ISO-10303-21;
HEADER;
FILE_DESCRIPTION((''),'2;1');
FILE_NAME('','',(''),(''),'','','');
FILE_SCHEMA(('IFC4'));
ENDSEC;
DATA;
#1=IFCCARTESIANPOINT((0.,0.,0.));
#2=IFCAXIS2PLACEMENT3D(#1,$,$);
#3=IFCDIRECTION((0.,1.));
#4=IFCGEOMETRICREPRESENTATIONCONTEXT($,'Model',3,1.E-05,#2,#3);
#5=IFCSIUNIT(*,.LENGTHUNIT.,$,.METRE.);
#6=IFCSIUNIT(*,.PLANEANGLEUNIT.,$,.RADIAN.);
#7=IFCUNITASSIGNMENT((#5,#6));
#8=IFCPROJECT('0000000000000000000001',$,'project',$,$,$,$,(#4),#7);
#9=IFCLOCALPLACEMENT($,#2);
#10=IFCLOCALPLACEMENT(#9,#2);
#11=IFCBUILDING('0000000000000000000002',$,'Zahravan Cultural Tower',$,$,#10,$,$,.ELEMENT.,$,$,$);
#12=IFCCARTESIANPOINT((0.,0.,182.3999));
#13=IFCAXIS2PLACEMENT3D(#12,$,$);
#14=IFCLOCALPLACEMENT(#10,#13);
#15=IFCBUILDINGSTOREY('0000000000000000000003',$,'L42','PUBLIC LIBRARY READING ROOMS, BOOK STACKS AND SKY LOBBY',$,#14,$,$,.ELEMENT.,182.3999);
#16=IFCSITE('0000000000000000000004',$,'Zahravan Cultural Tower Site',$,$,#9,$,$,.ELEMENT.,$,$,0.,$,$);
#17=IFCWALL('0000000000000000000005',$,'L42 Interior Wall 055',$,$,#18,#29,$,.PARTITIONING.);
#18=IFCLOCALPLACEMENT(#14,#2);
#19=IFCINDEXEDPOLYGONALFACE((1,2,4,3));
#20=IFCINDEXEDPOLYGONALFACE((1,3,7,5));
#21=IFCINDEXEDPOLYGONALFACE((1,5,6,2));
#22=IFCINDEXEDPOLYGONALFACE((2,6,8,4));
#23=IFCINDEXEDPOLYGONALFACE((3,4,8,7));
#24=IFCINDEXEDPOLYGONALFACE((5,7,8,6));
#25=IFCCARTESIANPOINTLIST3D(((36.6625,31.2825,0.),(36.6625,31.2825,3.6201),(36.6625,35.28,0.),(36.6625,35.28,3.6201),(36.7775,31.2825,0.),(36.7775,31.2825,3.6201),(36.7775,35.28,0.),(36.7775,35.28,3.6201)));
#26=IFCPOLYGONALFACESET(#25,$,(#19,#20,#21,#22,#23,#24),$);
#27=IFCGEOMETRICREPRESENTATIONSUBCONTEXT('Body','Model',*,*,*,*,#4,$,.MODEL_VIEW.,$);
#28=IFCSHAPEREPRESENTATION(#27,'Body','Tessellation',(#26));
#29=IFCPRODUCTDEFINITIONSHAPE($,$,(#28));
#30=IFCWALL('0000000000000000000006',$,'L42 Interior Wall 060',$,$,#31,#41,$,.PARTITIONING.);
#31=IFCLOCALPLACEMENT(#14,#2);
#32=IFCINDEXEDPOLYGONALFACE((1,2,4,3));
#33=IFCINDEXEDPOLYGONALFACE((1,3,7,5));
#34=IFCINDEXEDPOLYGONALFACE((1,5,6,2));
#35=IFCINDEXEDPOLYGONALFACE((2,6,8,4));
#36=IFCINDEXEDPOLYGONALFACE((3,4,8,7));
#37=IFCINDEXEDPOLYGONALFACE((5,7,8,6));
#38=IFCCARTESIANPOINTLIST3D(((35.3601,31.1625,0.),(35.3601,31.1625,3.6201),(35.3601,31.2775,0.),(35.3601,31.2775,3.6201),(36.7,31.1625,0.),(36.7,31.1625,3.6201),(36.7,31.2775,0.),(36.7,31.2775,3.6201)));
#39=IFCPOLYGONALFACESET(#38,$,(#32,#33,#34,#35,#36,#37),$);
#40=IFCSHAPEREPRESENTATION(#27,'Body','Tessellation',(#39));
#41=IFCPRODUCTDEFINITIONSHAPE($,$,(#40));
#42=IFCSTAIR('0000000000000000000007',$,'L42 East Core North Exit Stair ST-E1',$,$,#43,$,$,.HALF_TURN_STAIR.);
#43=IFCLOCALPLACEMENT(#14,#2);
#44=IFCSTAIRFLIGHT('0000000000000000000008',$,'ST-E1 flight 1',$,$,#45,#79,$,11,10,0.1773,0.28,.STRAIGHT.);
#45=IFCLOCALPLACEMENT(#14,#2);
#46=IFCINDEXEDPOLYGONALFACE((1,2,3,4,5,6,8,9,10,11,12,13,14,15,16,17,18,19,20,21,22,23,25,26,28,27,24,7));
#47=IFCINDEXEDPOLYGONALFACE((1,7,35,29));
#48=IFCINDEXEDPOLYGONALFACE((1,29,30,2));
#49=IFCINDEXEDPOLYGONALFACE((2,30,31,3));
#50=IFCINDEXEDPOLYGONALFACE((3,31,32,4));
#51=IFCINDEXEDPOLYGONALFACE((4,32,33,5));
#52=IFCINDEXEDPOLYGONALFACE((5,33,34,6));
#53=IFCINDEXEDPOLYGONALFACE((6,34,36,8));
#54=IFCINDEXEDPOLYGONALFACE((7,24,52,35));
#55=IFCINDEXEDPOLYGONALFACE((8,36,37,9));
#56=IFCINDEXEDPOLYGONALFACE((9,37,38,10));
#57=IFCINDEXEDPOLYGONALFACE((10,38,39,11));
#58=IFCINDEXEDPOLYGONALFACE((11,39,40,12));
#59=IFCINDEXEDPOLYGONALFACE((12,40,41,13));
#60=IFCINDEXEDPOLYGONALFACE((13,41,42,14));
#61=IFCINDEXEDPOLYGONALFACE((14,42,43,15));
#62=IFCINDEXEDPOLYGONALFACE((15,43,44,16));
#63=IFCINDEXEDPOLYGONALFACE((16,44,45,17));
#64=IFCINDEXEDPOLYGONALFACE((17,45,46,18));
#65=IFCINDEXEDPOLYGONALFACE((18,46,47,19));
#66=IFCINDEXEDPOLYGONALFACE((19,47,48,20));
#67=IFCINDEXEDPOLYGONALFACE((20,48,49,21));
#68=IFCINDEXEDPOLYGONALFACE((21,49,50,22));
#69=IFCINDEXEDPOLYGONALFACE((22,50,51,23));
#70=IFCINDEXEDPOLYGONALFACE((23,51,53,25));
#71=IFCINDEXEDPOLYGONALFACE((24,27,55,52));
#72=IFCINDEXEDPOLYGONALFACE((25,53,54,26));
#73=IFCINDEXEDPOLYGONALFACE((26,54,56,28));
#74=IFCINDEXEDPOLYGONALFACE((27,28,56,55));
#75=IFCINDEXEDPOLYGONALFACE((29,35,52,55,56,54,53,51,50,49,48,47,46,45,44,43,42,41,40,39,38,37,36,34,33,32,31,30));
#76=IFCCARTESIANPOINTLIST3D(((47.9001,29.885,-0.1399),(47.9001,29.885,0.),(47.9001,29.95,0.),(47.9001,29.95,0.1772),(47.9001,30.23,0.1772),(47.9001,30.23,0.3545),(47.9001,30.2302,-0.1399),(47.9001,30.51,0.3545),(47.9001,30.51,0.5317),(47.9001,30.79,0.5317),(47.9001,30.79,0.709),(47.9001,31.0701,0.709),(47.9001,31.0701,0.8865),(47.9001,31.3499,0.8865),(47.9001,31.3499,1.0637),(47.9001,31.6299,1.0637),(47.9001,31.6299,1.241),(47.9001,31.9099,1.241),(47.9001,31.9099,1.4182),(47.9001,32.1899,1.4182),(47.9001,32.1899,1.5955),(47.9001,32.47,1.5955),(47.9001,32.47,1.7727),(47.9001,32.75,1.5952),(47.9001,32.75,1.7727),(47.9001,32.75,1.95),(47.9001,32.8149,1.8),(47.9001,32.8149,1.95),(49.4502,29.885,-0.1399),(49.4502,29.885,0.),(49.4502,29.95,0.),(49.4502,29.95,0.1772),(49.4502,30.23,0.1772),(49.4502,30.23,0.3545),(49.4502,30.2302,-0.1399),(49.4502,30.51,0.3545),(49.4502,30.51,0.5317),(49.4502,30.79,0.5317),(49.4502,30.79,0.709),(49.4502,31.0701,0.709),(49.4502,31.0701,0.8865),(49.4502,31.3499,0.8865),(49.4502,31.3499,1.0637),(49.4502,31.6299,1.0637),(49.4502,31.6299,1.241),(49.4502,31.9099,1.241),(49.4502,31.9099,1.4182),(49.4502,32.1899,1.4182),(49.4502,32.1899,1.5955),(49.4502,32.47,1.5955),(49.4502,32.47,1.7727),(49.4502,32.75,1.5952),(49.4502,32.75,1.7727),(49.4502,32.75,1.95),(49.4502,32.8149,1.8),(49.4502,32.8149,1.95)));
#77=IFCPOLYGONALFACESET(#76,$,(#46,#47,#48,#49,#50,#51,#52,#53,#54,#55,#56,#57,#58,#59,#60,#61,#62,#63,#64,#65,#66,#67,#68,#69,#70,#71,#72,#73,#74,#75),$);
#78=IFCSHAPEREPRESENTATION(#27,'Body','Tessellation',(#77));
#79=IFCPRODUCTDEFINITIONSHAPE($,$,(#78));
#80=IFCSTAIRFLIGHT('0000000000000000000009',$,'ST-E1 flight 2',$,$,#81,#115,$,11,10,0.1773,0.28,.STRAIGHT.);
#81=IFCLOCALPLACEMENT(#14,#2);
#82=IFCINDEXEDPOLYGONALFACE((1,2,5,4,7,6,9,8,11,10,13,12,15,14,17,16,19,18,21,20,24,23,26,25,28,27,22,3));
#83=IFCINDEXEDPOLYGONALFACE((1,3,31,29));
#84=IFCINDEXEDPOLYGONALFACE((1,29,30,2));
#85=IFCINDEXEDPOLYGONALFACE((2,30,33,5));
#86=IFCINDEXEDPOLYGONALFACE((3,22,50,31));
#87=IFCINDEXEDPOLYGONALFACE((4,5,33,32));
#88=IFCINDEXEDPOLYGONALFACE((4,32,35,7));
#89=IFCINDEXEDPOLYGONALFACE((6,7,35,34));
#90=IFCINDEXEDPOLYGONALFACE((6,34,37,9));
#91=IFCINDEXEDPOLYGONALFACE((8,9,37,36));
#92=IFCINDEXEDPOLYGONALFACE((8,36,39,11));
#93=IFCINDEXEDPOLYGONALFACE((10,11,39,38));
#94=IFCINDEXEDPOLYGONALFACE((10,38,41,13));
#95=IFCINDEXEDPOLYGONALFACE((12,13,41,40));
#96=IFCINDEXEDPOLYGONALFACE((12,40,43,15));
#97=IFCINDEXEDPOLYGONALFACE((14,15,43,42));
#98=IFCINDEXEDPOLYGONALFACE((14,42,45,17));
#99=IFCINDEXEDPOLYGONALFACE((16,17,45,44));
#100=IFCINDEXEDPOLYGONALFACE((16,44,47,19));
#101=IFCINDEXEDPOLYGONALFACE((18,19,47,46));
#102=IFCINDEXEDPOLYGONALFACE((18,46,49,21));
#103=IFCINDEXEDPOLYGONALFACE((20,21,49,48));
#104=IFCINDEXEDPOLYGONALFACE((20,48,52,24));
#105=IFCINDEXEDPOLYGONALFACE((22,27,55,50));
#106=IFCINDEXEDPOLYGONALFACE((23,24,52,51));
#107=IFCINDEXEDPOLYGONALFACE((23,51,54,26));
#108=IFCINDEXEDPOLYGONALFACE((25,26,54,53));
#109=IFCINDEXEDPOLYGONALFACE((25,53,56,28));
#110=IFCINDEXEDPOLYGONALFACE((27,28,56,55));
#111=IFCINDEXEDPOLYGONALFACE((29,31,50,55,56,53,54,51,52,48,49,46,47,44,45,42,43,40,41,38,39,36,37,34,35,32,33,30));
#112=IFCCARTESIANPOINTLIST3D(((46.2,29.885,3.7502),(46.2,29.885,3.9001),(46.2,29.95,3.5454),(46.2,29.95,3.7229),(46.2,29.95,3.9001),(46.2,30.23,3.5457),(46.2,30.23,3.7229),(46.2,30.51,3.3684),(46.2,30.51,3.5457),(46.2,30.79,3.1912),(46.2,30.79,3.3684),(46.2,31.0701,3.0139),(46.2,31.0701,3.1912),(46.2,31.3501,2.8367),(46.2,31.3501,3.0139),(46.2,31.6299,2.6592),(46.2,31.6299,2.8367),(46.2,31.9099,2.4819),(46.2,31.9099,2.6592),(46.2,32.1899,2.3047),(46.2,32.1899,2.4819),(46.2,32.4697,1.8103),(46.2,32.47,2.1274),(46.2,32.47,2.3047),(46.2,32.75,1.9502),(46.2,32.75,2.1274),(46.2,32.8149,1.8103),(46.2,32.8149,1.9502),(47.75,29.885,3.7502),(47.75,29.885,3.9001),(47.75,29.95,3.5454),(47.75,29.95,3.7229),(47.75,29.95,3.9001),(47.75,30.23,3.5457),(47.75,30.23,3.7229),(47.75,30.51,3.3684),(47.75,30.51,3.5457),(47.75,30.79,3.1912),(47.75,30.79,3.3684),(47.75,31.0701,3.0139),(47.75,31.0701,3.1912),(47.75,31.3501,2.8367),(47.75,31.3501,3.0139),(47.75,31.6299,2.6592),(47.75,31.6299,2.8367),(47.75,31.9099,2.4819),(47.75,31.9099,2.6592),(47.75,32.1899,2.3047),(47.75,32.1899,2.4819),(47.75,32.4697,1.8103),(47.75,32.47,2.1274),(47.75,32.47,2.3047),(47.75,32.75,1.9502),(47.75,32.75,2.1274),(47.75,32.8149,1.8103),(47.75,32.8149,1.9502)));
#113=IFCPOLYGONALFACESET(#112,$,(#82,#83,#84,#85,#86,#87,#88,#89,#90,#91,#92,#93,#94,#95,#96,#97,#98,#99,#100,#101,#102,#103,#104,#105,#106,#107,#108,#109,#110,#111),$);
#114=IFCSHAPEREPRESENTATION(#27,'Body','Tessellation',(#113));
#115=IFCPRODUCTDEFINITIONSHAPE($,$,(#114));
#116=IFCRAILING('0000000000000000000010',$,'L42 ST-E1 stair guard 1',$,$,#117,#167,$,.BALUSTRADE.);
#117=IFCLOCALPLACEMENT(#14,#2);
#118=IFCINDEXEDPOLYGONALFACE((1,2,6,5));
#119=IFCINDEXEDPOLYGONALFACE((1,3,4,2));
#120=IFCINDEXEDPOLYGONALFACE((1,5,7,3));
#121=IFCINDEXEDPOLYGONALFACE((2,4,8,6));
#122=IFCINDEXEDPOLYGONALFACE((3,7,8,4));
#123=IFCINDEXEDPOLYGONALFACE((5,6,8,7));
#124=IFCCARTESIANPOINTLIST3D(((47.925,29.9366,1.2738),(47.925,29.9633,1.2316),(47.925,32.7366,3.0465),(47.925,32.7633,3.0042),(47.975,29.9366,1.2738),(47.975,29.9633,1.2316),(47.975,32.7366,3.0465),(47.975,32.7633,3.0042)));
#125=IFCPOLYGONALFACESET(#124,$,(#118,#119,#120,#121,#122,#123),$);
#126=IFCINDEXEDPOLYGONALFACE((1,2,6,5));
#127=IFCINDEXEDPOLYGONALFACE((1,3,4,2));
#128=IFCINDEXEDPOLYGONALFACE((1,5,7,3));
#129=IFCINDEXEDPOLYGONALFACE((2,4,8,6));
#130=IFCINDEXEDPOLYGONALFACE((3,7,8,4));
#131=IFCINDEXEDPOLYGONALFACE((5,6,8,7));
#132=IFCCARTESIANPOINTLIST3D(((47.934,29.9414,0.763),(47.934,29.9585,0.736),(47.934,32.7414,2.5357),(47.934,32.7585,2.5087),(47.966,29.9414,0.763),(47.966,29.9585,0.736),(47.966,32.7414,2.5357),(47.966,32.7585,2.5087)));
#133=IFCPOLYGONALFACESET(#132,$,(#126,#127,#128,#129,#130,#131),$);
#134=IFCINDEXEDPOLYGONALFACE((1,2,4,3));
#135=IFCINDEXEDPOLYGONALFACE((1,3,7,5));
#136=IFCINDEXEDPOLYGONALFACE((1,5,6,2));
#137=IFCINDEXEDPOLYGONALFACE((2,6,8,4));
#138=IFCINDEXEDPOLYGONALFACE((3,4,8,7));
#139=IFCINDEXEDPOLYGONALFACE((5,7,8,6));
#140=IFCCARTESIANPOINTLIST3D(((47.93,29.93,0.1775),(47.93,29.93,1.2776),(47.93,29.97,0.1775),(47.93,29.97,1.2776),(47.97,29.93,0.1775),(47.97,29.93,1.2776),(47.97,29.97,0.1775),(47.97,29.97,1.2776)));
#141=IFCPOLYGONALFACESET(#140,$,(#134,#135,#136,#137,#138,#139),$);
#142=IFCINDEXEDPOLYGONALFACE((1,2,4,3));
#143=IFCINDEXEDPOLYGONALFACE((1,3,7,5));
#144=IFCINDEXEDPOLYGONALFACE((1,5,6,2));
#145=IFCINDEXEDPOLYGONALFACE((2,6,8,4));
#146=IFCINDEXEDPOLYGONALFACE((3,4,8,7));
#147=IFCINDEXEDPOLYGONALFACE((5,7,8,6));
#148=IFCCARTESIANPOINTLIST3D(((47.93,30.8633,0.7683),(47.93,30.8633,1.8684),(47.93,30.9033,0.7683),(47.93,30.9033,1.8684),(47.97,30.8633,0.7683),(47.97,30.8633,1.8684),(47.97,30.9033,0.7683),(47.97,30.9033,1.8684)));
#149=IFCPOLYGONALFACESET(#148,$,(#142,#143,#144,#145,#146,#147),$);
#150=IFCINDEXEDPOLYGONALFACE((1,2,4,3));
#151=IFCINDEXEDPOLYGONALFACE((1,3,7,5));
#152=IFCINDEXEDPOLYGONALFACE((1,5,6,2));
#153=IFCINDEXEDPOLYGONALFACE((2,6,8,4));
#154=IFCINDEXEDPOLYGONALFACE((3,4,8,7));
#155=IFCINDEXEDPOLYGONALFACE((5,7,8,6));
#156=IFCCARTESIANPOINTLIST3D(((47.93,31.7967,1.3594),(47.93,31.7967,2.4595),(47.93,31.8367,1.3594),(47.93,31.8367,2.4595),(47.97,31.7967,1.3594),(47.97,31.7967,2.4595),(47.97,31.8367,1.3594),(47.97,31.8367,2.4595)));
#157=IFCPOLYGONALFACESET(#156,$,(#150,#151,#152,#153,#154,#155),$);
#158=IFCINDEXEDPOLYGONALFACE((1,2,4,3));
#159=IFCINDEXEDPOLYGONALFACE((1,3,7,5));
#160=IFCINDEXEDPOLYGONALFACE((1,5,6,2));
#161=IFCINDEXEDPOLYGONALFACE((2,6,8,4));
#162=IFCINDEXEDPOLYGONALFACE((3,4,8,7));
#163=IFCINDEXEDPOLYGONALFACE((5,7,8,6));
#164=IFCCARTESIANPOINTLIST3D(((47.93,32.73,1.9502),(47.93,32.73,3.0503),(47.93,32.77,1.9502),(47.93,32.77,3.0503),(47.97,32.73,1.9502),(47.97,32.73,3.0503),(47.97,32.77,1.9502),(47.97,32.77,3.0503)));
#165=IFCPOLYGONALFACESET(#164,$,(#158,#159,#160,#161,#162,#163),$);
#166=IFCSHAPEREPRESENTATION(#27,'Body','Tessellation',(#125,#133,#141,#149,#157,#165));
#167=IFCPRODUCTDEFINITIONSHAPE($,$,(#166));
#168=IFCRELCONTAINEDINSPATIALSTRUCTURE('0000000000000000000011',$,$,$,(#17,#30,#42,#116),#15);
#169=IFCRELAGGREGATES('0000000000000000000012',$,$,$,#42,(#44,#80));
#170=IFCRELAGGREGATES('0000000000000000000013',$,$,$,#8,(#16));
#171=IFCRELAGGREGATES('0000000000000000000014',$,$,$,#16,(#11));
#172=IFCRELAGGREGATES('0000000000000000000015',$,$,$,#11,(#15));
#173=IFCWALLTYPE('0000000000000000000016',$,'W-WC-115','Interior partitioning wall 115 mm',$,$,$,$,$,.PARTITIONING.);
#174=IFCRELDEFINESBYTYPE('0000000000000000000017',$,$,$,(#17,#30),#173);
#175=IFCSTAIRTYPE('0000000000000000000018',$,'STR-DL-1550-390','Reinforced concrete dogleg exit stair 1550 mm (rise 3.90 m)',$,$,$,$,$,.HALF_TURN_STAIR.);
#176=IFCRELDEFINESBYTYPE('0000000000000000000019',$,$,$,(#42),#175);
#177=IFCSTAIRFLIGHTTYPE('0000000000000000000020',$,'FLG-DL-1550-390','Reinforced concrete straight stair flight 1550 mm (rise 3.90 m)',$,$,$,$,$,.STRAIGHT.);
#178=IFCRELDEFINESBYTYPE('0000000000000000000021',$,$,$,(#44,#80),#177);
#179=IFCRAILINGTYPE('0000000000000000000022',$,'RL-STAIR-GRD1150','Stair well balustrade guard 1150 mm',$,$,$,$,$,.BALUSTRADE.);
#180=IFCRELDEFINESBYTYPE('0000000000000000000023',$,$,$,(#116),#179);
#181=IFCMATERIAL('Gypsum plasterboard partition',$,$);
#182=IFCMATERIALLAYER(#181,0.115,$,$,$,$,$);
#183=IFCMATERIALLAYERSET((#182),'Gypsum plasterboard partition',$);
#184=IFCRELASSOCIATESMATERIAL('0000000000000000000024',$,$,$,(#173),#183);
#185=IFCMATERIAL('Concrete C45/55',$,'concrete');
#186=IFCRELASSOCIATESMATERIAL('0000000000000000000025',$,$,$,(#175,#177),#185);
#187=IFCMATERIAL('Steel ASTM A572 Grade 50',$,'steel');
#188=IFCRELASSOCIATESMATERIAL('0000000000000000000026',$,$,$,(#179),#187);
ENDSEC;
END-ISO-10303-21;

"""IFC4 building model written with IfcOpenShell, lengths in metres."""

from ifc_helpers import new_model, si_unit, direction, frame, frame_2d, origin, origin_2d, place, context, subcontext, project, spatial, polyline, rectangle, outline, extrude, source, transform, mapped, material, layer, layer_set, type_object, element, aggregate, save


model = new_model("IFC4")

# Units and contexts
model_context = context("Model", 3, precision=1e-05, world=origin(), true_north=direction((0.0, 1.0)))
body_context = subcontext(model_context, "Body", "Model", "MODEL_VIEW")
ifc_project = project(units=[si_unit("LENGTHUNIT", "METRE"), si_unit("PLANEANGLEUNIT", "RADIAN")], contexts=[model_context])

# Site, building, storey
site_placement = place(None, origin())
site = spatial("IfcSite", under=ifc_project, at=site_placement, Name="Zahravan Cultural Tower Site", CompositionType="ELEMENT", RefElevation=0.0)
building_placement = place(site_placement, origin())
building = spatial("IfcBuilding", under=site, at=building_placement, Name="Zahravan Cultural Tower", CompositionType="ELEMENT")
storey_placement = place(building_placement, frame((0.0, 0.0, 182.3999)))
storey = spatial("IfcBuildingStorey", under=building, at=storey_placement, Name="L42", Description="PUBLIC LIBRARY READING ROOMS, BOOK STACKS AND SKY LOBBY", CompositionType="ELEMENT", Elevation=182.3999)

# Shared definitions
ifc_material_1 = material(Name="Concrete C45/55", Category="concrete")
ifc_material_2 = material(Name="Steel ASTM A572 Grade 50", Category="steel")

# Walls
ifc_material_3 = material(Name="Gypsum plasterboard partition")
ifc_layer_1 = layer(ifc_material_3, 0.115)
ifc_layer_set_1 = layer_set([ifc_layer_1], Name="Gypsum plasterboard partition")
wall_type_1 = type_object("IfcWallType", Name="W-WC-115", Description="Interior partitioning wall 115 mm", PredefinedType="PARTITIONING", material=ifc_layer_set_1)
shared_shape_1 = source(origin(), body_context, "Body", "SweptSolid", [
    extrude(rectangle(XDim=3.9976, YDim=0.115, at=frame_2d((1.9988, 0.0))), origin(), (0.0, 0.0, 1.0), 3.6201),
])
wall_1_placement = place(storey_placement, frame((36.72, 31.2825, 0.0), z_axis=(0.0, 0.0, 1.0), x_axis=(0.0, 1.0, 0.0)))
element("IfcWall", 1, at=wall_1_placement, inside=storey, type_object=wall_type_1, Name="L42 Interior Wall 055", PredefinedType="PARTITIONING", context=body_context, shape_type="MappedRepresentation", body=[
    mapped(shared_shape_1, transform((0.0, 0.0, 0.0), x_axis=(1.0, 0.0, 0.0), y_axis=(0.0, 1.0, 0.0), z_axis=(0.0, 0.0, 1.0), scale=1.0)),
])
shared_shape_2 = source(origin(), body_context, "Body", "SweptSolid", [
    extrude(rectangle(XDim=1.3398, YDim=0.115, at=frame_2d((0.6699, 0.0))), origin(), (0.0, 0.0, 1.0), 3.6201),
])
wall_2_placement = place(storey_placement, frame((36.7, 31.22, 0.0), z_axis=(0.0, 0.0, 1.0), x_axis=(-1.0, 0.0, 0.0)))
element("IfcWall", 2, at=wall_2_placement, inside=storey, type_object=wall_type_1, Name="L42 Interior Wall 060", PredefinedType="PARTITIONING", context=body_context, shape_type="MappedRepresentation", body=[
    mapped(shared_shape_2, transform((0.0, 0.0, 0.0), x_axis=(1.0, 0.0, 0.0), y_axis=(0.0, 1.0, 0.0), z_axis=(0.0, 0.0, 1.0), scale=1.0)),
])

# Stair, stair flights
stair_type = type_object("IfcStairType", Name="STR-DL-1550-390", Description="Reinforced concrete dogleg exit stair 1550 mm (rise 3.90 m)", PredefinedType="HALF_TURN_STAIR", material=ifc_material_1)
stair_placement = place(storey_placement, origin())
stair = element("IfcStair", 3, at=stair_placement, inside=storey, type_object=stair_type, Name="L42 East Core North Exit Stair ST-E1", PredefinedType="HALF_TURN_STAIR")
stair_flight_type = type_object("IfcStairFlightType", Name="FLG-DL-1550-390", Description="Reinforced concrete straight stair flight 1550 mm (rise 3.90 m)", PredefinedType="STRAIGHT", material=ifc_material_1)
stair_flight_1_placement = place(storey_placement, frame((48.675, 29.95, 0.0), z_axis=(0.0, 0.0, 1.0), x_axis=(0.0, 1.0, 0.0)))
stair_flight_1 = element("IfcStairFlight", 4, at=stair_flight_1_placement, type_object=stair_flight_type, Name="ST-E1 flight 1", NumberOfRisers=11, NumberOfTreads=10, PredefinedType="STRAIGHT", RiserHeight=0.1773, TreadLength=0.28, context=body_context, shape_type="SweptSolid", body=[
    extrude(outline(polyline([(-0.0649, -0.1399), (-0.0649, 0.0), (0.0, 0.0), (0.0, 0.1772), (0.28, 0.1772), (0.28, 0.3545), (0.5601, 0.3545), (0.5601, 0.5317), (0.8401, 0.5317), (0.8401, 0.709), (1.1201, 0.709), (1.1201, 0.8865), (1.3999, 0.8865), (1.3999, 1.0637), (1.6799, 1.0637), (1.6799, 1.241), (1.96, 1.241), (1.96, 1.4182), (2.24, 1.4182), (2.24, 1.5955), (2.52, 1.5955), (2.52, 1.7727), (2.8, 1.7727), (2.8, 1.95), (2.865, 1.95), (2.865, 1.8), (2.8, 1.5952), (0.2803, -0.1399), (-0.0649, -0.1399)])), frame((0.0, 0.7749, 0.0), z_axis=(0.0, -1.0, 0.0), x_axis=(1.0, 0.0, 0.0)), (0.0, 0.0, 1.0), 1.55),
])
stair_flight_2_placement = place(storey_placement, frame((46.9751, 32.75, 1.9502), z_axis=(0.0, 0.0, 1.0), x_axis=(0.0, -1.0, 0.0)))
stair_flight_2 = element("IfcStairFlight", 5, at=stair_flight_2_placement, type_object=stair_flight_type, Name="ST-E1 flight 2", NumberOfRisers=11, NumberOfTreads=10, PredefinedType="STRAIGHT", RiserHeight=0.1773, TreadLength=0.28, context=body_context, shape_type="SweptSolid", body=[
    extrude(outline(polyline([(-0.0649, -0.1399), (-0.0649, 0.0), (0.0, 0.0), (0.0, 0.1772), (0.28, 0.1772), (0.28, 0.3545), (0.5601, 0.3545), (0.5601, 0.5317), (0.8401, 0.5317), (0.8401, 0.709), (1.1201, 0.709), (1.1201, 0.8865), (1.3999, 0.8865), (1.3999, 1.0637), (1.6799, 1.0637), (1.6799, 1.241), (1.96, 1.241), (1.96, 1.4182), (2.24, 1.4182), (2.24, 1.5955), (2.52, 1.5955), (2.52, 1.7727), (2.8, 1.7727), (2.8, 1.95), (2.865, 1.95), (2.865, 1.8), (2.8, 1.5952), (0.2803, -0.1399), (-0.0649, -0.1399)])), frame((0.0, 0.7749, 0.0), z_axis=(0.0, -1.0, 0.0), x_axis=(1.0, 0.0, 0.0)), (0.0, 0.0, 1.0), 1.55),
])
aggregate(stair, [stair_flight_1, stair_flight_2])

# Railing
railing_type_1 = type_object("IfcRailingType", Name="RL-STAIR-GRD1150", Description="Stair well balustrade guard 1150 mm", PredefinedType="BALUSTRADE", material=ifc_material_2)
railing_1_placement = place(storey_placement, frame((47.95, 29.95, 0.1775)))
element("IfcRailing", 6, at=railing_1_placement, inside=storey, type_object=railing_type_1, Name="L42 ST-E1 stair guard 1", PredefinedType="BALUSTRADE", context=body_context, shape_type="SweptSolid", body=[
    extrude(rectangle(XDim=0.05, YDim=0.05, at=origin_2d()), frame((0.0, 0.0, 1.0752), z_axis=(0.0, 0.844909, 0.53491), x_axis=(-1.0, 0.0, 0.0)), (0.0, 0.0, 1.0), 3.314),
    extrude(rectangle(XDim=0.032, YDim=0.032, at=origin_2d()), frame((0.0, 0.0, 0.572), z_axis=(0.0, 0.844909, 0.53491), x_axis=(-1.0, 0.0, 0.0)), (0.0, 0.0, 1.0), 3.314),
    extrude(rectangle(XDim=0.04, YDim=0.04, at=origin_2d()), origin(), (0.0, 0.0, 1.0), 1.1001),
    extrude(rectangle(XDim=0.04, YDim=0.04, at=origin_2d()), frame((0.0, 0.9333, 0.5908)), (0.0, 0.0, 1.0), 1.1001),
    extrude(rectangle(XDim=0.04, YDim=0.04, at=origin_2d()), frame((0.0, 1.8667, 1.1819)), (0.0, 0.0, 1.0), 1.1001),
    extrude(rectangle(XDim=0.04, YDim=0.04, at=origin_2d()), frame((0.0, 2.8, 1.7727)), (0.0, 0.0, 1.0), 1.1001),
])

save(model, "model.ifc")
